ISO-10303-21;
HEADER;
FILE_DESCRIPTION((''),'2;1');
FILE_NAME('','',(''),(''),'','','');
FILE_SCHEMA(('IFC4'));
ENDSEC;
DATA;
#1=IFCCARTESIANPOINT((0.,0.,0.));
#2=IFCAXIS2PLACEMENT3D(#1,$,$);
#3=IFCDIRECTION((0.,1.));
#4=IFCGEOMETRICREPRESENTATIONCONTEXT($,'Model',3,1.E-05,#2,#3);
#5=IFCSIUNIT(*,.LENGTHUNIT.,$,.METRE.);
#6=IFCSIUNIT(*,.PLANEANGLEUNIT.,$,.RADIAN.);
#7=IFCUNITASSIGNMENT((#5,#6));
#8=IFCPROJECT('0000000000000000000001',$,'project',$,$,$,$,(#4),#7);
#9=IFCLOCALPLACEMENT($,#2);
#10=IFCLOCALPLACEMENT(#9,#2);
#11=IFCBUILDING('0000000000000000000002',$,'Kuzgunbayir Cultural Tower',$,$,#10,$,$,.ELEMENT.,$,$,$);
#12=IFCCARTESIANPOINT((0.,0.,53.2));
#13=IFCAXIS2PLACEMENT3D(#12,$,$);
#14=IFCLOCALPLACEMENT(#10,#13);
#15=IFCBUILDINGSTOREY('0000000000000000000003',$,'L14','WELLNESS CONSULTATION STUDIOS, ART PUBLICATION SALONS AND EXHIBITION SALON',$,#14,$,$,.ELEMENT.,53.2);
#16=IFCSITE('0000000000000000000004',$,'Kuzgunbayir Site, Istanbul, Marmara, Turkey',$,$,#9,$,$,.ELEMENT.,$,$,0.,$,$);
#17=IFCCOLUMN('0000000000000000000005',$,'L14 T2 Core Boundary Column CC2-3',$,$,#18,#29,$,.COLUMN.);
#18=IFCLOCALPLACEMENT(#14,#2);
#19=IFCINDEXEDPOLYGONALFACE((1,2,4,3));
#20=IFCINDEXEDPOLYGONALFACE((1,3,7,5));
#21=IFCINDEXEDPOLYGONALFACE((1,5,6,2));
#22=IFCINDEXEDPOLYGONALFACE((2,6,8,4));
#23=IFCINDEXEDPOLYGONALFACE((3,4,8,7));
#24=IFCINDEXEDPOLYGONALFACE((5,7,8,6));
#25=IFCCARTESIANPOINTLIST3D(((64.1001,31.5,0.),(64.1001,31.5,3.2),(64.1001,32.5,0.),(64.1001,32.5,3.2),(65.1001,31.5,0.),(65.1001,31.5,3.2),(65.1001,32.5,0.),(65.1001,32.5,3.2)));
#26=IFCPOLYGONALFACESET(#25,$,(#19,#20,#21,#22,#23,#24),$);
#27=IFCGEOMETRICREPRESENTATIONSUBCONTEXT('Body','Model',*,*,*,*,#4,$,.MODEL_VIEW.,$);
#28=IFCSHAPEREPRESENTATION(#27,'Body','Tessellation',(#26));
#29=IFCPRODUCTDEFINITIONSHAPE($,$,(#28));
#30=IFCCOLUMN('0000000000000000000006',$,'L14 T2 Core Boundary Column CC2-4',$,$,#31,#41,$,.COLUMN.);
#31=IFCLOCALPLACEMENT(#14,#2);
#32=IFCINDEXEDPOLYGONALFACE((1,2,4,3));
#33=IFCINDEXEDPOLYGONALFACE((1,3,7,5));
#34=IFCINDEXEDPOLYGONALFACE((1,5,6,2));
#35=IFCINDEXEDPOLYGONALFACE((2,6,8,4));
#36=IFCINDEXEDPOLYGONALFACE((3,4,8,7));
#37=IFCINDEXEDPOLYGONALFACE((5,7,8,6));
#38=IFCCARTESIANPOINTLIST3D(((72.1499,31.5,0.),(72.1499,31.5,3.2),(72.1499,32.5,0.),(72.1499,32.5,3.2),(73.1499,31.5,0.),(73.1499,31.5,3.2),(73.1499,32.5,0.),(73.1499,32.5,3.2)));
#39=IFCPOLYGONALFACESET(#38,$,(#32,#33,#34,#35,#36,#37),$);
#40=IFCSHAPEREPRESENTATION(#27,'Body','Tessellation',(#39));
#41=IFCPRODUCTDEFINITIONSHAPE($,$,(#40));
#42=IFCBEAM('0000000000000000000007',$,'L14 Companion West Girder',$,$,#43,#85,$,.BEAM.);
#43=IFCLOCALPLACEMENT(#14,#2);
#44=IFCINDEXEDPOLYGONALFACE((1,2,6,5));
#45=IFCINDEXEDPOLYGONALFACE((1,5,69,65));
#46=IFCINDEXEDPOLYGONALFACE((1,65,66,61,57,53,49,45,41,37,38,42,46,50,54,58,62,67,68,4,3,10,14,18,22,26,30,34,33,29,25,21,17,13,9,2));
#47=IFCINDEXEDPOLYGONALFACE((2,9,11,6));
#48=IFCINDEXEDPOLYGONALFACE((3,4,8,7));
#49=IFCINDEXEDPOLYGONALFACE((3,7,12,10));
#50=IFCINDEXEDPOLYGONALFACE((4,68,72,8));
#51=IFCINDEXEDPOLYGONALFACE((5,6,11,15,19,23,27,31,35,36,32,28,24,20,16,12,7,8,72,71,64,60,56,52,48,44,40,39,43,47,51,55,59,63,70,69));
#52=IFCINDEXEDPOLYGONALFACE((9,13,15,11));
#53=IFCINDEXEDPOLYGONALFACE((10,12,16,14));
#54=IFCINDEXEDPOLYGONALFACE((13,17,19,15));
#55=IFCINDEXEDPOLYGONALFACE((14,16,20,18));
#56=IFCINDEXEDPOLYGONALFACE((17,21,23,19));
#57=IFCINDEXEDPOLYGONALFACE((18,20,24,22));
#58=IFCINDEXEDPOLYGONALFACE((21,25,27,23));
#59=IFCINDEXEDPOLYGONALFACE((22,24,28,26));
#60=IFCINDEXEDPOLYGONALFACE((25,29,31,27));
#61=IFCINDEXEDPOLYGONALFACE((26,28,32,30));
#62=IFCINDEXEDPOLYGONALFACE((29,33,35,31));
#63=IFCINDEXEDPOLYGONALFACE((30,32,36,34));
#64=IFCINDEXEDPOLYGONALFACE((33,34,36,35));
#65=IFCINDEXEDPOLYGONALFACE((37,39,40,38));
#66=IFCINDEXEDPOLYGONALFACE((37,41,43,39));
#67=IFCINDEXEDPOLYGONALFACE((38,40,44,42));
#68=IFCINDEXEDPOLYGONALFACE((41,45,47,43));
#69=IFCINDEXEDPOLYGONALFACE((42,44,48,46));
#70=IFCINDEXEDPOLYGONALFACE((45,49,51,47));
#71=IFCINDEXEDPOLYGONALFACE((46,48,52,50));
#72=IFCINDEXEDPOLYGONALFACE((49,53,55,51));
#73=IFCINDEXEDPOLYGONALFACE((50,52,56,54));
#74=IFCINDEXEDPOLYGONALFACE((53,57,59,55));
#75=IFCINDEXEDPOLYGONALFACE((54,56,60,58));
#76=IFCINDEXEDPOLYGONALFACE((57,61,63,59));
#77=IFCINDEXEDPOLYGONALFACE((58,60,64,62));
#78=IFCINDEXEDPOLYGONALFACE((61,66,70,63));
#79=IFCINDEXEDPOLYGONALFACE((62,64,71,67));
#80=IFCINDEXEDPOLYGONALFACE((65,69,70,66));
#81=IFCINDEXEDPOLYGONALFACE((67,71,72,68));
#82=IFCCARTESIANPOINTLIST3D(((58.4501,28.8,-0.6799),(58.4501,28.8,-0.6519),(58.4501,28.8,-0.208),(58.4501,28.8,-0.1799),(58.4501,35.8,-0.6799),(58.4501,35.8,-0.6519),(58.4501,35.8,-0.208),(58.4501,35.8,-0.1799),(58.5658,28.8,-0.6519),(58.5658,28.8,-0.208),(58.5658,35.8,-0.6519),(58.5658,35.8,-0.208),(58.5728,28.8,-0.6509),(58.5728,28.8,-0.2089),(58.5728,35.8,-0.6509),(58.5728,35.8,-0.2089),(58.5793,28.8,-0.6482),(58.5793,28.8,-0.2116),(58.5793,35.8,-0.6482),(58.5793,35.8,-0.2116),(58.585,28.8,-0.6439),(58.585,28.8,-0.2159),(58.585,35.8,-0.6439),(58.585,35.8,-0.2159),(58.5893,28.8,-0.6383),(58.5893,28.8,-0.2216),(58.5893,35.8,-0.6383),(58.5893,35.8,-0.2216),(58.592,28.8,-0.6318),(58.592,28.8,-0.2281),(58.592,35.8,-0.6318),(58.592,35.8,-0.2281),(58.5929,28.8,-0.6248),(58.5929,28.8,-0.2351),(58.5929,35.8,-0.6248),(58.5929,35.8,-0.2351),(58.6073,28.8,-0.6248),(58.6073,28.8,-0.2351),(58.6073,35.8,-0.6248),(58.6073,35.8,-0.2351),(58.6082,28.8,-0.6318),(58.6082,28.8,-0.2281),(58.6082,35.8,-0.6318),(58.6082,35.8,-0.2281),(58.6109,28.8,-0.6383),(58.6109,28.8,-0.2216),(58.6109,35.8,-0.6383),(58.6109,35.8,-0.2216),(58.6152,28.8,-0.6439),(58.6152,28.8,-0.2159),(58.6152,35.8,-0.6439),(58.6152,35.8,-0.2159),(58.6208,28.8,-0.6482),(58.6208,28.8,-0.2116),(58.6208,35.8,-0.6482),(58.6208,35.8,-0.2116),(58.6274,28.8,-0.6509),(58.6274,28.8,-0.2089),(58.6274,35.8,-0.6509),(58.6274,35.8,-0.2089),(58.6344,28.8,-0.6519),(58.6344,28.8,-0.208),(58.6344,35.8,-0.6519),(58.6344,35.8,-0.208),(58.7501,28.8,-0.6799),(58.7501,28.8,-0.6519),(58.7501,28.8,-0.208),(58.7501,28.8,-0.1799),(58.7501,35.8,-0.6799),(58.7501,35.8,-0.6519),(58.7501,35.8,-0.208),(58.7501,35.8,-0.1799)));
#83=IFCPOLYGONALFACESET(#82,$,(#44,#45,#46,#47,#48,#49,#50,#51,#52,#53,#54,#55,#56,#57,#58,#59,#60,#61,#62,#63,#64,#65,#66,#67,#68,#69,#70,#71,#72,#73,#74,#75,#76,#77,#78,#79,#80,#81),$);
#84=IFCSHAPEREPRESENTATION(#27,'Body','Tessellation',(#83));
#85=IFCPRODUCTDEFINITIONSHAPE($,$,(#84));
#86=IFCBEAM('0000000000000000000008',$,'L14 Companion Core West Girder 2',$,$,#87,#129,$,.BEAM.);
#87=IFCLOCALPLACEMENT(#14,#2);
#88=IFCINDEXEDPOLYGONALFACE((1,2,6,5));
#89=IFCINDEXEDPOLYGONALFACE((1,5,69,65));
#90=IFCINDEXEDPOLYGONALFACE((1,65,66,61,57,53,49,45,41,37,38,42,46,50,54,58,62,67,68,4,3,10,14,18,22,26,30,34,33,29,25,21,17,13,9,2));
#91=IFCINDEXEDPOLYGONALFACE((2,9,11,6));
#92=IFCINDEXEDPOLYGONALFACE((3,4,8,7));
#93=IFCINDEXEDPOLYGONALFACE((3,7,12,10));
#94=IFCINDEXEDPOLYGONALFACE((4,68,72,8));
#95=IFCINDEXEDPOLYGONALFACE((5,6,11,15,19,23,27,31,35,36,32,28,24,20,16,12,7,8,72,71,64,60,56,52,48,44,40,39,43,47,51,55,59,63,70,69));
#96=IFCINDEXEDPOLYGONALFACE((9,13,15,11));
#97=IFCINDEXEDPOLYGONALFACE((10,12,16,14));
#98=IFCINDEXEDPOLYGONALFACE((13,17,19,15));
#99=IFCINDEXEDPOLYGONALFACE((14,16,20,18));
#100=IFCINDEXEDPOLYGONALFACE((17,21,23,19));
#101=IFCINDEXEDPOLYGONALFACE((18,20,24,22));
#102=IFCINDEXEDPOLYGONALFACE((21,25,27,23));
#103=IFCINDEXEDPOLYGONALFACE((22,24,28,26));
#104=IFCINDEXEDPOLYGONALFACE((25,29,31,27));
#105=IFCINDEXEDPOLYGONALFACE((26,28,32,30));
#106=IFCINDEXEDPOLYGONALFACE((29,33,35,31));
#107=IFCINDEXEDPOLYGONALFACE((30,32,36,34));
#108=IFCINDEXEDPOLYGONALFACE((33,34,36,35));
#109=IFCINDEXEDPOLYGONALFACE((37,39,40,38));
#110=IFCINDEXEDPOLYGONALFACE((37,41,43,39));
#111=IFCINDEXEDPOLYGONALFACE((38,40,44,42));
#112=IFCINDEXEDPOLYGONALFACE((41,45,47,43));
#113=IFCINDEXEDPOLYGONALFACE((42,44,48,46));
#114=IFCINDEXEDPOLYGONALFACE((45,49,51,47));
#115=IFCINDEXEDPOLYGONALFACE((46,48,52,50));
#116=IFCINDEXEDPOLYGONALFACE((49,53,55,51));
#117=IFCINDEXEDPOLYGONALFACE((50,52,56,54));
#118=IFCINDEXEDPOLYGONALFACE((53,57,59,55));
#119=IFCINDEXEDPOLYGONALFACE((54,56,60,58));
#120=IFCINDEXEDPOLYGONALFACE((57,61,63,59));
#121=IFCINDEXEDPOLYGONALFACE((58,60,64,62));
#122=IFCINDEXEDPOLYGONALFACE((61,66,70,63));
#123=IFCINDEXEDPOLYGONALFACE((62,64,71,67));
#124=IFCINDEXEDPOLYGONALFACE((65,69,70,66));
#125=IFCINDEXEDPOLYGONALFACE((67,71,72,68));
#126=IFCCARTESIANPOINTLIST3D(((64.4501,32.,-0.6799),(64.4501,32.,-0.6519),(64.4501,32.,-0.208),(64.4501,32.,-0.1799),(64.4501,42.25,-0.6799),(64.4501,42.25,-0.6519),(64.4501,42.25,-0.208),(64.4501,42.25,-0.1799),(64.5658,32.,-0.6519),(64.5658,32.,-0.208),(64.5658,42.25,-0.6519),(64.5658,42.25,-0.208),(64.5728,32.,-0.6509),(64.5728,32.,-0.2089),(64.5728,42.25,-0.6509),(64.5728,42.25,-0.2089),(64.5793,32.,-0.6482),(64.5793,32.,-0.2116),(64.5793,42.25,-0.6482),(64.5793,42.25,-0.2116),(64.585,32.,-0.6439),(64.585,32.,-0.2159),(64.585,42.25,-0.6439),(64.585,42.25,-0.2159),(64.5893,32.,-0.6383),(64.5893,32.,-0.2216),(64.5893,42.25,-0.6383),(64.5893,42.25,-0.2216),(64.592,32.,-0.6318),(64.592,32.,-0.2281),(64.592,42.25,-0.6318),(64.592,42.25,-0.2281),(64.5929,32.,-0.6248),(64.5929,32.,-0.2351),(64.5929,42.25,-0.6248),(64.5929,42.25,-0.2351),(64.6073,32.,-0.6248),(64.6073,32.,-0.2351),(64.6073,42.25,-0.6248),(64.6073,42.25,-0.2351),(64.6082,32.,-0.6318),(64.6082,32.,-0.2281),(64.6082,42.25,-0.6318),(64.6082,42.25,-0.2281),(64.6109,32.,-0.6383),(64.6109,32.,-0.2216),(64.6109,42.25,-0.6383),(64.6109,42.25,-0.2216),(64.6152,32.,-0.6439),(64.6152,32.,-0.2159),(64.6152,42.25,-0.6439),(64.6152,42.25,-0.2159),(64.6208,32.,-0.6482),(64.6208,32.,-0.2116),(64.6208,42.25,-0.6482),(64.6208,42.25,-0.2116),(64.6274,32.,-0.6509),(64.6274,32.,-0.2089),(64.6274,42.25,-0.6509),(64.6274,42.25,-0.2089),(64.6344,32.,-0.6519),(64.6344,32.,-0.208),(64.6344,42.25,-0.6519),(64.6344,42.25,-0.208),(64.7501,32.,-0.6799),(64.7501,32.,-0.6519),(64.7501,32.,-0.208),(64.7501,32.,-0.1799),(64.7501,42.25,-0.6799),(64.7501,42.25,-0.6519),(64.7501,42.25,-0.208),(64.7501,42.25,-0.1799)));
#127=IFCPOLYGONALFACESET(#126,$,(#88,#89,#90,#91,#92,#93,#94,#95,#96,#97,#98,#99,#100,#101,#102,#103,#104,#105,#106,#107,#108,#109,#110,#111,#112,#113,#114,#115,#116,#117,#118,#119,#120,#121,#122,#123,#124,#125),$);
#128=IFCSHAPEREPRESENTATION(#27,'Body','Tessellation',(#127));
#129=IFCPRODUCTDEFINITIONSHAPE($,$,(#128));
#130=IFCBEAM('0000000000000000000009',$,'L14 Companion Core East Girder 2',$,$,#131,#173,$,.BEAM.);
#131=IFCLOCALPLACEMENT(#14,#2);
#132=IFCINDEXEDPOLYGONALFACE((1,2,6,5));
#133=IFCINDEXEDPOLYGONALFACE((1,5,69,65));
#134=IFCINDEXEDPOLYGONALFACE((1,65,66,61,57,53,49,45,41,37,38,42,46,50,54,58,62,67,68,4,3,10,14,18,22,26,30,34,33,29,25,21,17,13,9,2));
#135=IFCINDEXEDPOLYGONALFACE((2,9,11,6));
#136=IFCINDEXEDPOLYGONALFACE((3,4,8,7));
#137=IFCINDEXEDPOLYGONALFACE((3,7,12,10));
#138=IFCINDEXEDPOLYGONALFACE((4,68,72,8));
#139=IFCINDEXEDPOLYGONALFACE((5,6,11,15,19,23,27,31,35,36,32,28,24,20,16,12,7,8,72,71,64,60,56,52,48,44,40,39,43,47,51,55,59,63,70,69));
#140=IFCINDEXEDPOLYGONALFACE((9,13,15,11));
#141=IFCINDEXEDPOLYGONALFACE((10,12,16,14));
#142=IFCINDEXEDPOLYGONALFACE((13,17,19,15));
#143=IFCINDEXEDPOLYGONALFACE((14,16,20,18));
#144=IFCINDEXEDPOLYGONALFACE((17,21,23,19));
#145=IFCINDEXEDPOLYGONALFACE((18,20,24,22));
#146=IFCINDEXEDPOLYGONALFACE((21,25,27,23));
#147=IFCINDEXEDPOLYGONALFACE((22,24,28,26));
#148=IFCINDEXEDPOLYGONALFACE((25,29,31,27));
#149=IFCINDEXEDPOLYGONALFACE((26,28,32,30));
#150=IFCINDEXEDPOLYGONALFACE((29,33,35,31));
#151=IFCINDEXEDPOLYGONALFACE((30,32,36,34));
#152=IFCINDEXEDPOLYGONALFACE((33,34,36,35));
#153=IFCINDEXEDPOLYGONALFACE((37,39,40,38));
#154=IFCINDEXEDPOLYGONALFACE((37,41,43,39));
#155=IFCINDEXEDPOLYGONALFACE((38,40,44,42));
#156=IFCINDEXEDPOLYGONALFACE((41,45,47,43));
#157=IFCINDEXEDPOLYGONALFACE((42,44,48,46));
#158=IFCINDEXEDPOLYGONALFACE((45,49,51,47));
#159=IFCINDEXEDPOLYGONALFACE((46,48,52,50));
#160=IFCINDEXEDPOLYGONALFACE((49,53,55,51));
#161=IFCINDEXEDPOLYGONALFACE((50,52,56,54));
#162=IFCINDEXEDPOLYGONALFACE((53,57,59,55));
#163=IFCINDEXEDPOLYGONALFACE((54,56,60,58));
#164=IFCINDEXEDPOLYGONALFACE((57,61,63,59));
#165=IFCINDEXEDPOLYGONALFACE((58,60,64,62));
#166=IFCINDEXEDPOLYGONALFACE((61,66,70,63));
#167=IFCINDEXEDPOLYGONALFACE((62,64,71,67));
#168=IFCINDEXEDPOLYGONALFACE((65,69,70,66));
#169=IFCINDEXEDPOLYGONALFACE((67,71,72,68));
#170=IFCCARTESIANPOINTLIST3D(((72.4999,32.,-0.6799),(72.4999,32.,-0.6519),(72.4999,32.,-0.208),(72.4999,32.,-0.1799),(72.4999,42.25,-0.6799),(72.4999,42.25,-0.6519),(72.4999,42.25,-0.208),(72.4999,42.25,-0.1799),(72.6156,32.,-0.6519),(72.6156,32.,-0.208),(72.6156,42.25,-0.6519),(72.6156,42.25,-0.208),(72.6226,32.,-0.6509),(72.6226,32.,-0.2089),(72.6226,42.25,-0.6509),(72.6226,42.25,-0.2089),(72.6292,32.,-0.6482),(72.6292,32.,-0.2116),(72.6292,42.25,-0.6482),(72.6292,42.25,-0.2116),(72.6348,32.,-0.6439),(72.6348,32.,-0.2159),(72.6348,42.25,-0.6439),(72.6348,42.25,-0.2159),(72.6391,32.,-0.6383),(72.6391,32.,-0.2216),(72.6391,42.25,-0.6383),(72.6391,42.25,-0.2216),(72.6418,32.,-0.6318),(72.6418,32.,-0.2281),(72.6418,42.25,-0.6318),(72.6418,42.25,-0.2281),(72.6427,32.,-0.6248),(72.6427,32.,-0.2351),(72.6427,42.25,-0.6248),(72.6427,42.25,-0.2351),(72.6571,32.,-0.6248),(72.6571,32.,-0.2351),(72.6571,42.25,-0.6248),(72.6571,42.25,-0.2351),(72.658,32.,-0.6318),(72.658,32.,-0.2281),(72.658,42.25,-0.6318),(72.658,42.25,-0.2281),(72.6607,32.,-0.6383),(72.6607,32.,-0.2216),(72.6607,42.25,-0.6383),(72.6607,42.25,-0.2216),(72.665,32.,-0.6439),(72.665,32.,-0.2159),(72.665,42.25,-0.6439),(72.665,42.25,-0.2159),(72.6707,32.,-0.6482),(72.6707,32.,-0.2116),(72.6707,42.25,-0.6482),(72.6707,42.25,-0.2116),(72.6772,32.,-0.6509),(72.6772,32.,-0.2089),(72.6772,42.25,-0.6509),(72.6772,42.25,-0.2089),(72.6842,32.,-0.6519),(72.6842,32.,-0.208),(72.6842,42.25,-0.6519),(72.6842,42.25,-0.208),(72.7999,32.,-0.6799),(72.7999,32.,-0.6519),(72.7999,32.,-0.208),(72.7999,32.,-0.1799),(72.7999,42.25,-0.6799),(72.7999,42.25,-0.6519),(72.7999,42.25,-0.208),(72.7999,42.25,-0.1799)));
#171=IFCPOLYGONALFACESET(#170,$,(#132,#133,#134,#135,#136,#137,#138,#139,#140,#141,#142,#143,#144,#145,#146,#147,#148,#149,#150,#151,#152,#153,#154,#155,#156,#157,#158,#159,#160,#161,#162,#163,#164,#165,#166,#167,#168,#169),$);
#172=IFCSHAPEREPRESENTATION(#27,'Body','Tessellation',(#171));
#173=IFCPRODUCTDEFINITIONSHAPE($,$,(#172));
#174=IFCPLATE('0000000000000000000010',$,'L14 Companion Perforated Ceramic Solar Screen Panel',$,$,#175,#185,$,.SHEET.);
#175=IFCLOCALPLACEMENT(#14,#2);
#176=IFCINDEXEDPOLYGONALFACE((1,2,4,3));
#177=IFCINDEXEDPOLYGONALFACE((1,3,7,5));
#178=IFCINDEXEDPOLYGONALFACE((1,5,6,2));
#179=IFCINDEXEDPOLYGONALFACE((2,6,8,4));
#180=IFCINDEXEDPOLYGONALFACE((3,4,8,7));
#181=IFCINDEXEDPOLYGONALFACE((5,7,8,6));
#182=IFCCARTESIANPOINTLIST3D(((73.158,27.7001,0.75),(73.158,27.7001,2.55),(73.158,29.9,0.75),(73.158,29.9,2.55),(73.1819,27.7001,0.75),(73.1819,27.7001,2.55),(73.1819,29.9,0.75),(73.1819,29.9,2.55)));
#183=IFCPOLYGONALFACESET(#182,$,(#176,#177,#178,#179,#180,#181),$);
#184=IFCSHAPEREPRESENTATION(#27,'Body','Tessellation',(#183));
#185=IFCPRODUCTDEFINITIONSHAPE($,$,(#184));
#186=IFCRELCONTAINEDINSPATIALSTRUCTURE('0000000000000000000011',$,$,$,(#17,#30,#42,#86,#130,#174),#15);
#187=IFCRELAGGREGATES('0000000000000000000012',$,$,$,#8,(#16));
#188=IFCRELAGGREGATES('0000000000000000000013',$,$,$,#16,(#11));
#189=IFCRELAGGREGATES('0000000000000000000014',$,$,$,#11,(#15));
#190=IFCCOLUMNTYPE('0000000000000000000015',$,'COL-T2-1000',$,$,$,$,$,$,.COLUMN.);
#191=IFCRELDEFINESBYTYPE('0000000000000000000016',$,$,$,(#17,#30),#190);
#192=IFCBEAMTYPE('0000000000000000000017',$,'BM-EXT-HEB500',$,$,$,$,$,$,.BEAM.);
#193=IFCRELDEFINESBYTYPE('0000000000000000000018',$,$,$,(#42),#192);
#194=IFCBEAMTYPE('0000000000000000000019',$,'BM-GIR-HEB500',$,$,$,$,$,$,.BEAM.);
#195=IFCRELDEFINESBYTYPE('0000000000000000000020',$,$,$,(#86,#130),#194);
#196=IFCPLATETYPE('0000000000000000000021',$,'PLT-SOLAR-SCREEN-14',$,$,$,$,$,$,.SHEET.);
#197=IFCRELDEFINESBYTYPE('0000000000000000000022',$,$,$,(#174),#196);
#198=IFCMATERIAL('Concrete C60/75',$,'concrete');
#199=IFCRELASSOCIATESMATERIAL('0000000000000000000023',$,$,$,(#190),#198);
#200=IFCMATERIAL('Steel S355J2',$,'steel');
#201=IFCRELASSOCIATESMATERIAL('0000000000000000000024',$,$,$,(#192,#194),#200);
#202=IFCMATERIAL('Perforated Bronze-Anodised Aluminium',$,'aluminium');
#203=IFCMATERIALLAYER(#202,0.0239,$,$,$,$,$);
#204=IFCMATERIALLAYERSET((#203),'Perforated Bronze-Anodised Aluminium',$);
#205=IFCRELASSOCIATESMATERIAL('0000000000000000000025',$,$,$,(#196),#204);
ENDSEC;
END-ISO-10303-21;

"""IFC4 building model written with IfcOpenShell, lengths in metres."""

from ifc_helpers import new_model, si_unit, direction, frame, origin, origin_2d, place, context, subcontext, project, spatial, rectangle, i_section, extrude, material, layer, layer_set, material_profile, profile_set, type_object, element, save


model = new_model("IFC4")

# Units and contexts
model_context = context("Model", 3, precision=1e-05, world=origin(), true_north=direction((0.0, 1.0)))
body_context = subcontext(model_context, "Body", "Model", "MODEL_VIEW")
ifc_project = project(units=[si_unit("LENGTHUNIT", "METRE"), si_unit("PLANEANGLEUNIT", "RADIAN")], contexts=[model_context])

# Site, building, storey
site_placement = place(None, origin())
site = spatial("IfcSite", under=ifc_project, at=site_placement, Name="Kuzgunbayir Site, Istanbul, Marmara, Turkey", CompositionType="ELEMENT", RefElevation=0.0)
building_placement = place(site_placement, origin())
building = spatial("IfcBuilding", under=site, at=building_placement, Name="Kuzgunbayir Cultural Tower", CompositionType="ELEMENT")
storey_placement = place(building_placement, frame((0.0, 0.0, 53.2)))
storey = spatial("IfcBuildingStorey", under=building, at=storey_placement, Name="L14", Description="WELLNESS CONSULTATION STUDIOS, ART PUBLICATION SALONS AND EXHIBITION SALON", CompositionType="ELEMENT", Elevation=53.2)

# Columns
ifc_material_1 = material(Name="Concrete C60/75", Category="concrete")
ifc_material_profile_1 = material_profile(ifc_material_1, rectangle(XDim=1.0, YDim=1.0, at=origin_2d()), Name="RC 1000x1000")
ifc_profile_set_1 = profile_set([ifc_material_profile_1], Name="Concrete C60/75")
column_type = type_object("IfcColumnType", Name="COL-T2-1000", PredefinedType="COLUMN", material=ifc_profile_set_1)
for number, where, z_axis, x_axis, name in (
    (1, (64.6001, 32.0, 0.0), (0.0, 0.0, 1.0), (1.0, 0.0, 0.0), "L14 T2 Core Boundary Column CC2-3"),
    (2, (72.6499, 32.0, 0.0), (0.0, 0.0, 1.0), (1.0, 0.0, 0.0), "L14 T2 Core Boundary Column CC2-4"),
):
    element("IfcColumn", number, at=place(storey_placement, frame(where, z_axis=z_axis, x_axis=x_axis)), inside=storey, type_object=column_type, Name=name, PredefinedType="COLUMN", context=body_context, shape_type="SweptSolid", body=[
        extrude(rectangle(XDim=1.0, YDim=1.0, at=origin_2d()), origin(), (0.0, 0.0, 1.0), 3.2),
    ])

# Beams
ifc_material_2 = material(Name="Steel S355J2", Category="steel")
ifc_material_profile_2 = material_profile(ifc_material_2, i_section(OverallWidth=0.3, OverallDepth=0.5, WebThickness=0.0144, FlangeThickness=0.0281, FilletRadius=0.0271, at=origin_2d()), Name="HEB 500")
ifc_profile_set_2 = profile_set([ifc_material_profile_2], Name="Steel S355J2")
beam_type_1 = type_object("IfcBeamType", Name="BM-EXT-HEB500", PredefinedType="BEAM", material=ifc_profile_set_2)
beam_placement = place(storey_placement, frame((58.6001, 28.8, -0.4299), z_axis=(0.0, 1.0, 0.0), x_axis=(-1.0, 0.0, 0.0)))
element("IfcBeam", 3, at=beam_placement, inside=storey, type_object=beam_type_1, Name="L14 Companion West Girder", PredefinedType="BEAM", context=body_context, shape_type="SweptSolid", body=[
    extrude(i_section(OverallWidth=0.3, OverallDepth=0.5, WebThickness=0.0144, FlangeThickness=0.0281, FilletRadius=0.0271, at=origin_2d()), origin(), (0.0, 0.0, 1.0), 7.0),
])
ifc_material_profile_3 = material_profile(ifc_material_2, i_section(OverallWidth=0.3, OverallDepth=0.5, WebThickness=0.0144, FlangeThickness=0.0281, FilletRadius=0.0271, at=origin_2d()), Name="HEB 500")
ifc_profile_set_3 = profile_set([ifc_material_profile_3], Name="Steel S355J2")
beam_type_2 = type_object("IfcBeamType", Name="BM-GIR-HEB500", PredefinedType="BEAM", material=ifc_profile_set_3)
for number, where, z_axis, x_axis, name in (
    (4, (64.6001, 32.0, -0.4299), (0.0, 1.0, 0.0), (-1.0, 0.0, 0.0), "L14 Companion Core West Girder 2"),
    (5, (72.6499, 32.0, -0.4299), (0.0, 1.0, 0.0), (-1.0, 0.0, 0.0), "L14 Companion Core East Girder 2"),
):
    element("IfcBeam", number, at=place(storey_placement, frame(where, z_axis=z_axis, x_axis=x_axis)), inside=storey, type_object=beam_type_2, Name=name, PredefinedType="BEAM", context=body_context, shape_type="SweptSolid", body=[
        extrude(i_section(OverallWidth=0.3, OverallDepth=0.5, WebThickness=0.0144, FlangeThickness=0.0281, FilletRadius=0.0271, at=origin_2d()), origin(), (0.0, 0.0, 1.0), 10.25),
    ])

# Plate
ifc_material_3 = material(Name="Perforated Bronze-Anodised Aluminium", Category="aluminium")
ifc_layer_1 = layer(ifc_material_3, 0.0239)
ifc_layer_set_1 = layer_set([ifc_layer_1], Name="Perforated Bronze-Anodised Aluminium")
plate_type = type_object("IfcPlateType", Name="PLT-SOLAR-SCREEN-14", PredefinedType="SHEET", material=ifc_layer_set_1)
plate_placement = place(storey_placement, frame((73.1699, 28.8, 0.75), z_axis=(0.0, 0.0, 1.0), x_axis=(1.0, 0.0, 0.0)))
element("IfcPlate", 6, at=plate_placement, inside=storey, type_object=plate_type, Name="L14 Companion Perforated Ceramic Solar Screen Panel", PredefinedType="SHEET", context=body_context, shape_type="SweptSolid", body=[
    extrude(rectangle(XDim=0.0239, YDim=2.2, at=origin_2d()), origin(), (0.0, 0.0, 1.0), 1.8),
])

save(model, "model.ifc")
